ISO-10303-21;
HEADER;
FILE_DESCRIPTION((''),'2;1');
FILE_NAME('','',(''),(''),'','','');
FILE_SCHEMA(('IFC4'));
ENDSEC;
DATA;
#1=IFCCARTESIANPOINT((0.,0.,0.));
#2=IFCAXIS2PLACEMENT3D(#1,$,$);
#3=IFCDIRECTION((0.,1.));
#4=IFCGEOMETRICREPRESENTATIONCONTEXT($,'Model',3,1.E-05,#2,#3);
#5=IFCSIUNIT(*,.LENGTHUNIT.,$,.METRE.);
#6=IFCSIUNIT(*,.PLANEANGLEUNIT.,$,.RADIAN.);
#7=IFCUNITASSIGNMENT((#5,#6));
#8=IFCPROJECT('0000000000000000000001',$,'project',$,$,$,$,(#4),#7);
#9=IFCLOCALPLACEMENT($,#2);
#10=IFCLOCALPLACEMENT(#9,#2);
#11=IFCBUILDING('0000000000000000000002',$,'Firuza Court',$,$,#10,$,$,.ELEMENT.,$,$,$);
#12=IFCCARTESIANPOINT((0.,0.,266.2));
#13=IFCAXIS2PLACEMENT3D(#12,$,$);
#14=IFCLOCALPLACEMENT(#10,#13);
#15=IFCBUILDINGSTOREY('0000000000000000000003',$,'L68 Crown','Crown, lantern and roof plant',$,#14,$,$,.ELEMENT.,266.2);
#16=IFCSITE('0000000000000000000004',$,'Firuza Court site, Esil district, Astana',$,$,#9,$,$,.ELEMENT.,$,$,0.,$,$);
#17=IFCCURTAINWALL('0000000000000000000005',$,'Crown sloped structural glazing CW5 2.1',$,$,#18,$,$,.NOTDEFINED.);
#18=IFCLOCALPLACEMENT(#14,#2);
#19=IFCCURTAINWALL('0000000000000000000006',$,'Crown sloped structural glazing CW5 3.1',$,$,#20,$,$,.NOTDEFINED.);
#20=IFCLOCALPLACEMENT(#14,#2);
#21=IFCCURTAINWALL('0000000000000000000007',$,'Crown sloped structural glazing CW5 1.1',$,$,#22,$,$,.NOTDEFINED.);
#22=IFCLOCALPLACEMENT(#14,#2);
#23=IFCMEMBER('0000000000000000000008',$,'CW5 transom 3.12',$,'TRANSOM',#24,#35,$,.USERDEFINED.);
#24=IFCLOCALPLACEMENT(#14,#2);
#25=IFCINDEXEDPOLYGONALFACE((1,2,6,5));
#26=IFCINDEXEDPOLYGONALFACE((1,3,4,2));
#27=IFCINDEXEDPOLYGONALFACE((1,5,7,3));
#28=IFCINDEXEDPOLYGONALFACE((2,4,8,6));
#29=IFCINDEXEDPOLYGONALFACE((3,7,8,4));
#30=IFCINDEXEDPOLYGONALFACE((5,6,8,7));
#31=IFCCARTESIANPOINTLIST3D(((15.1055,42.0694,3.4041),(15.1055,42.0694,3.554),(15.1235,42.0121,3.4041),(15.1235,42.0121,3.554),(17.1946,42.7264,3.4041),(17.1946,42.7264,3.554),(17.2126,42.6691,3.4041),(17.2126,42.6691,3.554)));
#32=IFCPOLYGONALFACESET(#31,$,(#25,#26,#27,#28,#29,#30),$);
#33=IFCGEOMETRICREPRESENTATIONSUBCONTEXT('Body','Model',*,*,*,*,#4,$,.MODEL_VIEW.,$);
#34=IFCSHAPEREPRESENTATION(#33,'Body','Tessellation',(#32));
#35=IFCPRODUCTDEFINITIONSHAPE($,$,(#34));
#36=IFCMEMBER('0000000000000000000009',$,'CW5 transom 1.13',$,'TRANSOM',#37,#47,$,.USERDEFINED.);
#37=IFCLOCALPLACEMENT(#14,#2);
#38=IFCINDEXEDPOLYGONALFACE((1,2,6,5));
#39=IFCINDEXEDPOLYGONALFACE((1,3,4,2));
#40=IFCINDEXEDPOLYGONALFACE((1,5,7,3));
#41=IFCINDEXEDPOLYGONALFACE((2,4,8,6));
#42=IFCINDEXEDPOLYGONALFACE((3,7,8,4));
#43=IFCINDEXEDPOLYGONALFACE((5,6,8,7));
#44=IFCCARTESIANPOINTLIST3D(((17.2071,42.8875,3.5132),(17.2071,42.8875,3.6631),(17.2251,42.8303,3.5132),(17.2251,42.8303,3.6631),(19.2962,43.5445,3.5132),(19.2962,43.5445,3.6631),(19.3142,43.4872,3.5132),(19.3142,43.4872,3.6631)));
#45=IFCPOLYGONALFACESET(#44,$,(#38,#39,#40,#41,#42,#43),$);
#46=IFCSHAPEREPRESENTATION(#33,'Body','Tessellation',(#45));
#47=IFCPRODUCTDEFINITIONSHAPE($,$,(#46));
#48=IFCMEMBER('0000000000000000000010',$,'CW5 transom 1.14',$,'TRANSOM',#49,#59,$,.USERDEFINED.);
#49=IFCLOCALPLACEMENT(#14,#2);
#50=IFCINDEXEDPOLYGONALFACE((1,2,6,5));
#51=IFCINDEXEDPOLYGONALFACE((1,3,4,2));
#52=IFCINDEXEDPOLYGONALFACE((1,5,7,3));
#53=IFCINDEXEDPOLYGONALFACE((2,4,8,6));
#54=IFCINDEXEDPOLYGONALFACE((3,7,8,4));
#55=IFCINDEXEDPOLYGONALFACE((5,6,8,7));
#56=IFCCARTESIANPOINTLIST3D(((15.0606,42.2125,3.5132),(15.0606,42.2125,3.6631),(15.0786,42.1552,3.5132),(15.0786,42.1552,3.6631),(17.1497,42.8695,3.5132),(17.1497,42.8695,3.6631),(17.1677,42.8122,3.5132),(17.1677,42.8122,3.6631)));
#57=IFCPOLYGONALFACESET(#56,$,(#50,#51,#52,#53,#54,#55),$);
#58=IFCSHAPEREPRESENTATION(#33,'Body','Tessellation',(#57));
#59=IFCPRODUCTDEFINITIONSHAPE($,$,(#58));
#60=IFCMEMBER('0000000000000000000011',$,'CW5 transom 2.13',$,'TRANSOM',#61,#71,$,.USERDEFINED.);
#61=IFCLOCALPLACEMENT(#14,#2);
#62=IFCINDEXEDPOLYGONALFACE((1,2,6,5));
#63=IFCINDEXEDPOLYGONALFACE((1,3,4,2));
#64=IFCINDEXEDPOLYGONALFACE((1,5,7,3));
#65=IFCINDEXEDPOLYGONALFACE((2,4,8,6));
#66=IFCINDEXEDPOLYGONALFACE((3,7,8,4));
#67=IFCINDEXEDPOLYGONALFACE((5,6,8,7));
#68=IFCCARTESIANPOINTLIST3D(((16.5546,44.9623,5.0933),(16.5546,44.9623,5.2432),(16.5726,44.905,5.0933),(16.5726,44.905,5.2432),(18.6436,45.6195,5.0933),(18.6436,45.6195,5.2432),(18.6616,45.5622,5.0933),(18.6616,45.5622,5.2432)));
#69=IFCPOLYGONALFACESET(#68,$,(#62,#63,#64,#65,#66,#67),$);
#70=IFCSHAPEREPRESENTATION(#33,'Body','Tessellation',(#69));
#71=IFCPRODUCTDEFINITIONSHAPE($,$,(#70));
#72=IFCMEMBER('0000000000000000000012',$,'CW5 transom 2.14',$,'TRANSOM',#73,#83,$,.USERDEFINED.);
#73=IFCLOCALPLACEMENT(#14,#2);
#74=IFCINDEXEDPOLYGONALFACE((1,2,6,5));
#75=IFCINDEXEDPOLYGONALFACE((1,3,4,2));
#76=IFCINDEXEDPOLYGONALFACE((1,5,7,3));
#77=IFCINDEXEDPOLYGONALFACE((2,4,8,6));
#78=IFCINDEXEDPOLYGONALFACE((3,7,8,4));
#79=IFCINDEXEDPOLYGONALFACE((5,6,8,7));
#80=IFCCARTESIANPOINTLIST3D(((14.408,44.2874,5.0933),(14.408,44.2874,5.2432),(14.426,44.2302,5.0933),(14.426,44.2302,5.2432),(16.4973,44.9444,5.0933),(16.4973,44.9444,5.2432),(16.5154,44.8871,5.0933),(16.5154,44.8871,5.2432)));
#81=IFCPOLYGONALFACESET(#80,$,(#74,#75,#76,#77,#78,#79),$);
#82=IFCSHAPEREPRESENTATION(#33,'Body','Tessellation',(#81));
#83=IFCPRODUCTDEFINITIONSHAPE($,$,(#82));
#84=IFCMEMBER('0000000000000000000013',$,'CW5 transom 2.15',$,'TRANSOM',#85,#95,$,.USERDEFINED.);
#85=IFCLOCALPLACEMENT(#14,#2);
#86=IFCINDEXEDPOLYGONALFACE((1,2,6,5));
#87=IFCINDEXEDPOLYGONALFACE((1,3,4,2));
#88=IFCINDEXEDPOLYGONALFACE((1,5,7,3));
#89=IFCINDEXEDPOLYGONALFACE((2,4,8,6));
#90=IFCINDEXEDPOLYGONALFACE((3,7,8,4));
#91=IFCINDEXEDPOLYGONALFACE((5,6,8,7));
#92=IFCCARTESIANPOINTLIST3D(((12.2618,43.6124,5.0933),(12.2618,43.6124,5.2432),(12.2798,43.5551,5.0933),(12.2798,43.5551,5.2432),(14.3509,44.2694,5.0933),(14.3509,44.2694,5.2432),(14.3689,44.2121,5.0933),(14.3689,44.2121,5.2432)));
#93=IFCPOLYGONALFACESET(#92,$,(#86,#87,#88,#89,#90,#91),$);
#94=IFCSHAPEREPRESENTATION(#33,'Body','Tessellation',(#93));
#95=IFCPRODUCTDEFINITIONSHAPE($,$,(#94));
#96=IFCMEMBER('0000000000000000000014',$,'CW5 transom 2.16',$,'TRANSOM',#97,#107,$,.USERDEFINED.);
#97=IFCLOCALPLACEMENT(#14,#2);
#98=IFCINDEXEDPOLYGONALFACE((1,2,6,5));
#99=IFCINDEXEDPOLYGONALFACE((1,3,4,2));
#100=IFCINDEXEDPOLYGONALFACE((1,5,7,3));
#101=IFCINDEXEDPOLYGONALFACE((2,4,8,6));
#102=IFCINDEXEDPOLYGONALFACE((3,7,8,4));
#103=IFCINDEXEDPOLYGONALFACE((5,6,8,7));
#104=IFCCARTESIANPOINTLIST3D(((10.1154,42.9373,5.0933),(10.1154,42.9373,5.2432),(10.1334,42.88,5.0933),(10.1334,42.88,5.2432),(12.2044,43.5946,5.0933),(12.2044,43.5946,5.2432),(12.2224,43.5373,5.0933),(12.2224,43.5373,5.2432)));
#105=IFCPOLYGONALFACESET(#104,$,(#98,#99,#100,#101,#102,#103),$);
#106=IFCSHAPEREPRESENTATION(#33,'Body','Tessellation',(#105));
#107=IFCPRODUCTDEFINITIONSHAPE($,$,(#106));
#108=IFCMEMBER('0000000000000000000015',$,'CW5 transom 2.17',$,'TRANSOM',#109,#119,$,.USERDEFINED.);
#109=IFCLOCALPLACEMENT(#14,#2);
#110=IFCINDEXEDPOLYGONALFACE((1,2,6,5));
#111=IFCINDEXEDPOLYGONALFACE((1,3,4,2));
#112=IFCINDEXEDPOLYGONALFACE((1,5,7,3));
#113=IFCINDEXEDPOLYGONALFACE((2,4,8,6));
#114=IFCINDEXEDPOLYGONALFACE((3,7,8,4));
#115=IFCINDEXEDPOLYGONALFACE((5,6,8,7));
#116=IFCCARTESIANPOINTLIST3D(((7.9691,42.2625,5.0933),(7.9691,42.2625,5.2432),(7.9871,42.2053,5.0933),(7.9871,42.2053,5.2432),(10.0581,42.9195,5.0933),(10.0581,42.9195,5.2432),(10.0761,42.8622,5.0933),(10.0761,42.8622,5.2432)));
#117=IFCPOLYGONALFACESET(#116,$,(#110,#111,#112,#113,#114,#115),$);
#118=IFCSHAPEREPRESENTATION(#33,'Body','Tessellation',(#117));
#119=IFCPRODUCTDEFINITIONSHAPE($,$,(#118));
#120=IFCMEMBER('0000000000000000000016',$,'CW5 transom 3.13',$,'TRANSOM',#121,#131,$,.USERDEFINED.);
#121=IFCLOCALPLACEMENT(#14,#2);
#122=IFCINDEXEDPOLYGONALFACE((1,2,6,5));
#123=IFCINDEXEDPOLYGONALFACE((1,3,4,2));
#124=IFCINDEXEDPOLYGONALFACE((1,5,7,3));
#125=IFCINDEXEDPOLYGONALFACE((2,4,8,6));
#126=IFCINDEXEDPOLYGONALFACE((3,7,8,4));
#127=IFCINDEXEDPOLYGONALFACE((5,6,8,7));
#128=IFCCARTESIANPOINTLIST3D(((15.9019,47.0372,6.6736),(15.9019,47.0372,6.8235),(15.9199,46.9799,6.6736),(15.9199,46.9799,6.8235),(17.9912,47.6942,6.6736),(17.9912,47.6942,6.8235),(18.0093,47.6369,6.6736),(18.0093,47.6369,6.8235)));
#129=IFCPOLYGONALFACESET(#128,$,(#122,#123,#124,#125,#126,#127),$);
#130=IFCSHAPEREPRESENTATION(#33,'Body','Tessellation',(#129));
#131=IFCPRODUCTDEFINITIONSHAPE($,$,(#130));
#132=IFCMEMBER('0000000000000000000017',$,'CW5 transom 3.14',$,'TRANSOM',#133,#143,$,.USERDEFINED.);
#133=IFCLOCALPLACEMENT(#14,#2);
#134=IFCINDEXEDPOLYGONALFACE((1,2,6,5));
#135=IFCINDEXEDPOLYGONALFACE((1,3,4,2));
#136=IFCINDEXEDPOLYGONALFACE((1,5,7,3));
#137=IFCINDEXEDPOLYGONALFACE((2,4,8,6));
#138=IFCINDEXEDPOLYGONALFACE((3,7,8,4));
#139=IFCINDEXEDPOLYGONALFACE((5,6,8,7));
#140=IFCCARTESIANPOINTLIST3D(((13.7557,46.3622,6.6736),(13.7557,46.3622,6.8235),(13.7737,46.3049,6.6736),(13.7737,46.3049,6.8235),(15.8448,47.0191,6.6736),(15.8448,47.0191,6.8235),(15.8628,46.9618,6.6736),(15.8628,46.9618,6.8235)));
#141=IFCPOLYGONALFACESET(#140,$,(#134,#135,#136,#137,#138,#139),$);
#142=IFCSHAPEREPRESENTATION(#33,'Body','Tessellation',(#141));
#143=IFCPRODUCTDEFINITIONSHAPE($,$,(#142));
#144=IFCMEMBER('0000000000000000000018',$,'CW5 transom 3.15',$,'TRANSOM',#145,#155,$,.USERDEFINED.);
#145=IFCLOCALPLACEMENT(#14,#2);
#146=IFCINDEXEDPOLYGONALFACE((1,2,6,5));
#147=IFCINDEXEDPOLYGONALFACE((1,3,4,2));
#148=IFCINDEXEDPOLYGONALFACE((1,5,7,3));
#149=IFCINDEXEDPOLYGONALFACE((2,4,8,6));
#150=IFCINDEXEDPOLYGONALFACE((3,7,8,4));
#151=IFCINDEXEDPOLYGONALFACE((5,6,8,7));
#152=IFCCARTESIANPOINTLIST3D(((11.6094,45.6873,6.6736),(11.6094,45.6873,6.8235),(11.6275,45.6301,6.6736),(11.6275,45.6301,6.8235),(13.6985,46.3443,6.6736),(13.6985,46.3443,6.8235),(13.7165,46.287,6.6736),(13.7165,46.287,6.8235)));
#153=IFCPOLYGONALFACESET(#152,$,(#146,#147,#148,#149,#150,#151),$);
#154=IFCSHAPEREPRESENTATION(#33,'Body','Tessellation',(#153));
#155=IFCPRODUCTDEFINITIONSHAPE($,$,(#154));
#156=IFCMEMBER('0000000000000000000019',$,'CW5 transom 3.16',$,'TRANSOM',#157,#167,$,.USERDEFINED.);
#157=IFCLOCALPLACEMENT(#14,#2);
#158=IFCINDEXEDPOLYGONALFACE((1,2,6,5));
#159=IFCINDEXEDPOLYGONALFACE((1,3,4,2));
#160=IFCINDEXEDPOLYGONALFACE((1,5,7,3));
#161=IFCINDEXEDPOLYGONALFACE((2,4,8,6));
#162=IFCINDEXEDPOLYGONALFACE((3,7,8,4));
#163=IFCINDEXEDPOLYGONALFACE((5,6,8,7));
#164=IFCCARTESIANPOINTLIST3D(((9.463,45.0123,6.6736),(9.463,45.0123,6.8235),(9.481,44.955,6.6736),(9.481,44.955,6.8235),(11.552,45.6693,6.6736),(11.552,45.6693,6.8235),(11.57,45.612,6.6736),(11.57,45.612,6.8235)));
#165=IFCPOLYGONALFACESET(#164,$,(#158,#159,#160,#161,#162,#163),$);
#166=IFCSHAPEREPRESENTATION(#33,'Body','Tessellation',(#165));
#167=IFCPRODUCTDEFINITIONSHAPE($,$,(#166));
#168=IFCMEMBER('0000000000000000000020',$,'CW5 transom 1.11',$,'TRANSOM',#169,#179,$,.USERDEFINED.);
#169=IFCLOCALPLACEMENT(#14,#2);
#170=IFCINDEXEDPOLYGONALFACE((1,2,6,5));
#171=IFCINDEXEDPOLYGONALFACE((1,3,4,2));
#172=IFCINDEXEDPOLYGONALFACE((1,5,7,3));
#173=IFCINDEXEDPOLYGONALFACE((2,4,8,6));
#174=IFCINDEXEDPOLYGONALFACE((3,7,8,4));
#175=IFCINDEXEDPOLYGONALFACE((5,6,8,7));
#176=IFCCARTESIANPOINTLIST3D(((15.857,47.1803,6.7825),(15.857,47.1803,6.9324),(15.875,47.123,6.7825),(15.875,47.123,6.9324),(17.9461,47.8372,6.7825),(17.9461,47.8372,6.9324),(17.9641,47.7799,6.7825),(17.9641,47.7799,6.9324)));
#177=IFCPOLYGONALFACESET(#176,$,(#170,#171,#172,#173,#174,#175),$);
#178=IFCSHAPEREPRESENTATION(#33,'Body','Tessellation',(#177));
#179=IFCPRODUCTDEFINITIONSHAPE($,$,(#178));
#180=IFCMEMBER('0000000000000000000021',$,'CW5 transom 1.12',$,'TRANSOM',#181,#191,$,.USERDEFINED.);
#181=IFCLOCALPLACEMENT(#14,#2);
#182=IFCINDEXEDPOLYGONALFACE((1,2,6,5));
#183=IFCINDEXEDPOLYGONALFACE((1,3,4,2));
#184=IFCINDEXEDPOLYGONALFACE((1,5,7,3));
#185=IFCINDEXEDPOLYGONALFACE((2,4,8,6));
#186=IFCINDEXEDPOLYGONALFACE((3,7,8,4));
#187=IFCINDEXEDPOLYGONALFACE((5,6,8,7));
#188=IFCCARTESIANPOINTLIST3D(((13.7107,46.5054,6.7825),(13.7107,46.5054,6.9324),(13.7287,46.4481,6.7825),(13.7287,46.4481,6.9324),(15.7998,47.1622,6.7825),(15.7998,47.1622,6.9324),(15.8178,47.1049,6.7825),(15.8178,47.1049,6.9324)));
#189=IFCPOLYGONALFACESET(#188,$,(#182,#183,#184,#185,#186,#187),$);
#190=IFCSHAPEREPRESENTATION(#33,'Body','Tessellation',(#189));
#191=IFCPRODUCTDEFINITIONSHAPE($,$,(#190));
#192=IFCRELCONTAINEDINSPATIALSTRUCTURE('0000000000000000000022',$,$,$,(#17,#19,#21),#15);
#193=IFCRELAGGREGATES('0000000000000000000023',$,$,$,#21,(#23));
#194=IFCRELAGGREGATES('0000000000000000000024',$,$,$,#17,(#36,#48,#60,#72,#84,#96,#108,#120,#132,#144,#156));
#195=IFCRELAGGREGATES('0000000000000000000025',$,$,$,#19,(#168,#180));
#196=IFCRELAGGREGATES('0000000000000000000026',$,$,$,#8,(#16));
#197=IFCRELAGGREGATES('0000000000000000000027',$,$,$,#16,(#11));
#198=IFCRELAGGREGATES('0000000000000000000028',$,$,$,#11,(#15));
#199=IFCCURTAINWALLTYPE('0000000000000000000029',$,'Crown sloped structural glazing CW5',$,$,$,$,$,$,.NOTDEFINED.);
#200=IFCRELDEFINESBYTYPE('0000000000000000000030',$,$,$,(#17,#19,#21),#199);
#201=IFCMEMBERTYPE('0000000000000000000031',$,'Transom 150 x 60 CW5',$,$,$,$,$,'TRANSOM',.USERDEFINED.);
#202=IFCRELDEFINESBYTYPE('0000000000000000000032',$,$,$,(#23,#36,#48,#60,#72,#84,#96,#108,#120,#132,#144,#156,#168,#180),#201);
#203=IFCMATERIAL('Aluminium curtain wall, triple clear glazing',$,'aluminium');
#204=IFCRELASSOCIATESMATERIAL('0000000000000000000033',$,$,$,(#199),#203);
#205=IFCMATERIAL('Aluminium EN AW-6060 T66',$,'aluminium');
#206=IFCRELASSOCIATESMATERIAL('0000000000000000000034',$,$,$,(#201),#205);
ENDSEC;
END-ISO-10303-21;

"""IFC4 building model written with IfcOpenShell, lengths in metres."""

from ifc_helpers import new_model, si_unit, direction, frame, origin, origin_2d, place, context, subcontext, project, spatial, rectangle, extrude, material, material_profile, profile_set, type_object, element, aggregate, save


model = new_model("IFC4")

# Units and contexts
model_context = context("Model", 3, precision=1e-05, world=origin(), true_north=direction((0.0, 1.0)))
body_context = subcontext(model_context, "Body", "Model", "MODEL_VIEW")
ifc_project = project(units=[si_unit("LENGTHUNIT", "METRE"), si_unit("PLANEANGLEUNIT", "RADIAN")], contexts=[model_context])

# Site, building, storey
site_placement = place(None, origin())
site = spatial("IfcSite", under=ifc_project, at=site_placement, Name="Firuza Court site, Esil district, Astana", CompositionType="ELEMENT", RefElevation=0.0)
building_placement = place(site_placement, origin())
building = spatial("IfcBuilding", under=site, at=building_placement, Name="Firuza Court", CompositionType="ELEMENT")
storey_placement = place(building_placement, frame((0.0, 0.0, 266.2)))
storey = spatial("IfcBuildingStorey", under=building, at=storey_placement, Name="L68 Crown", Description="Crown, lantern and roof plant", CompositionType="ELEMENT", Elevation=266.2)

# Curtain walls, member
ifc_material_1 = material(Name="Aluminium curtain wall, triple clear glazing", Category="aluminium")
curtain_wall_type = type_object("IfcCurtainWallType", Name="Crown sloped structural glazing CW5", PredefinedType="NOTDEFINED", material=ifc_material_1)
curtain_wall_1_placement = place(storey_placement, origin())
curtain_wall_1 = element("IfcCurtainWall", 1, at=curtain_wall_1_placement, inside=storey, type_object=curtain_wall_type, Name="Crown sloped structural glazing CW5 2.1", PredefinedType="NOTDEFINED")
curtain_wall_2_placement = place(storey_placement, origin())
curtain_wall_2 = element("IfcCurtainWall", 2, at=curtain_wall_2_placement, inside=storey, type_object=curtain_wall_type, Name="Crown sloped structural glazing CW5 3.1", PredefinedType="NOTDEFINED")
curtain_wall_3_placement = place(storey_placement, origin())
curtain_wall_3 = element("IfcCurtainWall", 3, at=curtain_wall_3_placement, inside=storey, type_object=curtain_wall_type, Name="Crown sloped structural glazing CW5 1.1", PredefinedType="NOTDEFINED")
ifc_material_2 = material(Name="Aluminium EN AW-6060 T66", Category="aluminium")
ifc_material_profile_1 = material_profile(ifc_material_2, rectangle(XDim=0.0601, YDim=0.1499, at=origin_2d()), Name="Transom 150 x 60 CW5")
ifc_profile_set_1 = profile_set([ifc_material_profile_1], Name="Aluminium EN AW-6060 T66")
member_type_1 = type_object("IfcMemberType", Name="Transom 150 x 60 CW5", ElementType="TRANSOM", PredefinedType="USERDEFINED", material=ifc_profile_set_1)
member_1_placement = place(storey_placement, frame((17.2036, 42.6978, 3.479), z_axis=(-0.953941, -0.299995, 0.0), x_axis=(0.299995, -0.953941, 0.0)))
member_1 = element("IfcMember", 4, at=member_1_placement, type_object=member_type_1, Name="CW5 transom 3.12", ObjectType="TRANSOM", PredefinedType="USERDEFINED", context=body_context, shape_type="SweptSolid", body=[
    extrude(rectangle(XDim=0.0601, YDim=0.1499, at=origin_2d()), origin(), (0.0, 0.0, 1.0), 2.1899),
])
aggregate(curtain_wall_3, [member_1])

# Members
member_2_placement = place(storey_placement, frame((19.3052, 43.5159, 3.5881), z_axis=(-0.953941, -0.299995, 0.0), x_axis=(0.299995, -0.953941, 0.0)))
member_2 = element("IfcMember", 5, at=member_2_placement, type_object=member_type_1, Name="CW5 transom 1.13", ObjectType="TRANSOM", PredefinedType="USERDEFINED", context=body_context, shape_type="SweptSolid", body=[
    extrude(rectangle(XDim=0.0601, YDim=0.1499, at=origin_2d()), origin(), (0.0, 0.0, 1.0), 2.1899),
])
member_3_placement = place(storey_placement, frame((17.1587, 42.8408, 3.5881), z_axis=(-0.953941, -0.299995, 0.0), x_axis=(0.299995, -0.953941, 0.0)))
member_3 = element("IfcMember", 6, at=member_3_placement, type_object=member_type_1, Name="CW5 transom 1.14", ObjectType="TRANSOM", PredefinedType="USERDEFINED", context=body_context, shape_type="SweptSolid", body=[
    extrude(rectangle(XDim=0.0601, YDim=0.1499, at=origin_2d()), origin(), (0.0, 0.0, 1.0), 2.1899),
])
member_4_placement = place(storey_placement, frame((18.6526, 45.5908, 5.1682), z_axis=(-0.953909, -0.300096, 0.0), x_axis=(0.300096, -0.953909, 0.0)))
member_4 = element("IfcMember", 7, at=member_4_placement, type_object=member_type_1, Name="CW5 transom 2.13", ObjectType="TRANSOM", PredefinedType="USERDEFINED", context=body_context, shape_type="SweptSolid", body=[
    extrude(rectangle(XDim=0.0601, YDim=0.1499, at=origin_2d()), origin(), (0.0, 0.0, 1.0), 2.1899),
])
member_5_placement = place(storey_placement, frame((16.5063, 44.9158, 5.1682), z_axis=(-0.953951, -0.299963, 0.0), x_axis=(0.299963, -0.953951, 0.0)))
member_5 = element("IfcMember", 8, at=member_5_placement, type_object=member_type_1, Name="CW5 transom 2.14", ObjectType="TRANSOM", PredefinedType="USERDEFINED", context=body_context, shape_type="SweptSolid", body=[
    extrude(rectangle(XDim=0.0601, YDim=0.1499, at=origin_2d()), origin(), (0.0, 0.0, 1.0), 2.1902),
])
member_6_placement = place(storey_placement, frame((14.3599, 44.2407, 5.1682), z_axis=(-0.953941, -0.299995, 0.0), x_axis=(0.299995, -0.953941, 0.0)))
member_6 = element("IfcMember", 9, at=member_6_placement, type_object=member_type_1, Name="CW5 transom 2.15", ObjectType="TRANSOM", PredefinedType="USERDEFINED", context=body_context, shape_type="SweptSolid", body=[
    extrude(rectangle(XDim=0.0601, YDim=0.1499, at=origin_2d()), origin(), (0.0, 0.0, 1.0), 2.1899),
])
member_7_placement = place(storey_placement, frame((12.2134, 43.5659, 5.1682), z_axis=(-0.953899, -0.300128, 0.0), x_axis=(0.300128, -0.953899, 0.0)))
member_7 = element("IfcMember", 10, at=member_7_placement, type_object=member_type_1, Name="CW5 transom 2.16", ObjectType="TRANSOM", PredefinedType="USERDEFINED", context=body_context, shape_type="SweptSolid", body=[
    extrude(rectangle(XDim=0.0601, YDim=0.1499, at=origin_2d()), origin(), (0.0, 0.0, 1.0), 2.1899),
])
member_8_placement = place(storey_placement, frame((10.0671, 42.8909, 5.1682), z_axis=(-0.953941, -0.299995, 0.0), x_axis=(0.299995, -0.953941, 0.0)))
member_8 = element("IfcMember", 11, at=member_8_placement, type_object=member_type_1, Name="CW5 transom 2.17", ObjectType="TRANSOM", PredefinedType="USERDEFINED", context=body_context, shape_type="SweptSolid", body=[
    extrude(rectangle(XDim=0.0601, YDim=0.1499, at=origin_2d()), origin(), (0.0, 0.0, 1.0), 2.1899),
])
member_9_placement = place(storey_placement, frame((18.0002, 47.6655, 6.7485), z_axis=(-0.953951, -0.299963, 0.0), x_axis=(0.299963, -0.953951, 0.0)))
member_9 = element("IfcMember", 12, at=member_9_placement, type_object=member_type_1, Name="CW5 transom 3.13", ObjectType="TRANSOM", PredefinedType="USERDEFINED", context=body_context, shape_type="SweptSolid", body=[
    extrude(rectangle(XDim=0.0601, YDim=0.1499, at=origin_2d()), origin(), (0.0, 0.0, 1.0), 2.1902),
])
member_10_placement = place(storey_placement, frame((15.8538, 46.9905, 6.7485), z_axis=(-0.953941, -0.299995, 0.0), x_axis=(0.299995, -0.953941, 0.0)))
member_10 = element("IfcMember", 13, at=member_10_placement, type_object=member_type_1, Name="CW5 transom 3.14", ObjectType="TRANSOM", PredefinedType="USERDEFINED", context=body_context, shape_type="SweptSolid", body=[
    extrude(rectangle(XDim=0.0601, YDim=0.1499, at=origin_2d()), origin(), (0.0, 0.0, 1.0), 2.1899),
])
member_11_placement = place(storey_placement, frame((13.7075, 46.3157, 6.7485), z_axis=(-0.953941, -0.299995, 0.0), x_axis=(0.299995, -0.953941, 0.0)))
member_11 = element("IfcMember", 14, at=member_11_placement, type_object=member_type_1, Name="CW5 transom 3.15", ObjectType="TRANSOM", PredefinedType="USERDEFINED", context=body_context, shape_type="SweptSolid", body=[
    extrude(rectangle(XDim=0.0601, YDim=0.1499, at=origin_2d()), origin(), (0.0, 0.0, 1.0), 2.1899),
])
member_12_placement = place(storey_placement, frame((11.561, 45.6406, 6.7485), z_axis=(-0.953941, -0.299995, 0.0), x_axis=(0.299995, -0.953941, 0.0)))
member_12 = element("IfcMember", 15, at=member_12_placement, type_object=member_type_1, Name="CW5 transom 3.16", ObjectType="TRANSOM", PredefinedType="USERDEFINED", context=body_context, shape_type="SweptSolid", body=[
    extrude(rectangle(XDim=0.0601, YDim=0.1499, at=origin_2d()), origin(), (0.0, 0.0, 1.0), 2.1899),
])
member_13_placement = place(storey_placement, frame((17.9551, 47.8086, 6.8574), z_axis=(-0.953941, -0.299995, 0.0), x_axis=(0.299995, -0.953941, 0.0)))
member_13 = element("IfcMember", 16, at=member_13_placement, type_object=member_type_1, Name="CW5 transom 1.11", ObjectType="TRANSOM", PredefinedType="USERDEFINED", context=body_context, shape_type="SweptSolid", body=[
    extrude(rectangle(XDim=0.0601, YDim=0.1499, at=origin_2d()), origin(), (0.0, 0.0, 1.0), 2.1899),
])
member_14_placement = place(storey_placement, frame((15.8088, 47.1335, 6.8574), z_axis=(-0.953973, -0.299893, 0.0), x_axis=(0.299893, -0.953973, 0.0)))
member_14 = element("IfcMember", 17, at=member_14_placement, type_object=member_type_1, Name="CW5 transom 1.12", ObjectType="TRANSOM", PredefinedType="USERDEFINED", context=body_context, shape_type="SweptSolid", body=[
    extrude(rectangle(XDim=0.0601, YDim=0.1499, at=origin_2d()), origin(), (0.0, 0.0, 1.0), 2.1899),
])

aggregate(curtain_wall_1, [member_2, member_3, member_4, member_5, member_6, member_7, member_8, member_9, member_10, member_11, member_12])
aggregate(curtain_wall_2, [member_13, member_14])

save(model, "model.ifc")
